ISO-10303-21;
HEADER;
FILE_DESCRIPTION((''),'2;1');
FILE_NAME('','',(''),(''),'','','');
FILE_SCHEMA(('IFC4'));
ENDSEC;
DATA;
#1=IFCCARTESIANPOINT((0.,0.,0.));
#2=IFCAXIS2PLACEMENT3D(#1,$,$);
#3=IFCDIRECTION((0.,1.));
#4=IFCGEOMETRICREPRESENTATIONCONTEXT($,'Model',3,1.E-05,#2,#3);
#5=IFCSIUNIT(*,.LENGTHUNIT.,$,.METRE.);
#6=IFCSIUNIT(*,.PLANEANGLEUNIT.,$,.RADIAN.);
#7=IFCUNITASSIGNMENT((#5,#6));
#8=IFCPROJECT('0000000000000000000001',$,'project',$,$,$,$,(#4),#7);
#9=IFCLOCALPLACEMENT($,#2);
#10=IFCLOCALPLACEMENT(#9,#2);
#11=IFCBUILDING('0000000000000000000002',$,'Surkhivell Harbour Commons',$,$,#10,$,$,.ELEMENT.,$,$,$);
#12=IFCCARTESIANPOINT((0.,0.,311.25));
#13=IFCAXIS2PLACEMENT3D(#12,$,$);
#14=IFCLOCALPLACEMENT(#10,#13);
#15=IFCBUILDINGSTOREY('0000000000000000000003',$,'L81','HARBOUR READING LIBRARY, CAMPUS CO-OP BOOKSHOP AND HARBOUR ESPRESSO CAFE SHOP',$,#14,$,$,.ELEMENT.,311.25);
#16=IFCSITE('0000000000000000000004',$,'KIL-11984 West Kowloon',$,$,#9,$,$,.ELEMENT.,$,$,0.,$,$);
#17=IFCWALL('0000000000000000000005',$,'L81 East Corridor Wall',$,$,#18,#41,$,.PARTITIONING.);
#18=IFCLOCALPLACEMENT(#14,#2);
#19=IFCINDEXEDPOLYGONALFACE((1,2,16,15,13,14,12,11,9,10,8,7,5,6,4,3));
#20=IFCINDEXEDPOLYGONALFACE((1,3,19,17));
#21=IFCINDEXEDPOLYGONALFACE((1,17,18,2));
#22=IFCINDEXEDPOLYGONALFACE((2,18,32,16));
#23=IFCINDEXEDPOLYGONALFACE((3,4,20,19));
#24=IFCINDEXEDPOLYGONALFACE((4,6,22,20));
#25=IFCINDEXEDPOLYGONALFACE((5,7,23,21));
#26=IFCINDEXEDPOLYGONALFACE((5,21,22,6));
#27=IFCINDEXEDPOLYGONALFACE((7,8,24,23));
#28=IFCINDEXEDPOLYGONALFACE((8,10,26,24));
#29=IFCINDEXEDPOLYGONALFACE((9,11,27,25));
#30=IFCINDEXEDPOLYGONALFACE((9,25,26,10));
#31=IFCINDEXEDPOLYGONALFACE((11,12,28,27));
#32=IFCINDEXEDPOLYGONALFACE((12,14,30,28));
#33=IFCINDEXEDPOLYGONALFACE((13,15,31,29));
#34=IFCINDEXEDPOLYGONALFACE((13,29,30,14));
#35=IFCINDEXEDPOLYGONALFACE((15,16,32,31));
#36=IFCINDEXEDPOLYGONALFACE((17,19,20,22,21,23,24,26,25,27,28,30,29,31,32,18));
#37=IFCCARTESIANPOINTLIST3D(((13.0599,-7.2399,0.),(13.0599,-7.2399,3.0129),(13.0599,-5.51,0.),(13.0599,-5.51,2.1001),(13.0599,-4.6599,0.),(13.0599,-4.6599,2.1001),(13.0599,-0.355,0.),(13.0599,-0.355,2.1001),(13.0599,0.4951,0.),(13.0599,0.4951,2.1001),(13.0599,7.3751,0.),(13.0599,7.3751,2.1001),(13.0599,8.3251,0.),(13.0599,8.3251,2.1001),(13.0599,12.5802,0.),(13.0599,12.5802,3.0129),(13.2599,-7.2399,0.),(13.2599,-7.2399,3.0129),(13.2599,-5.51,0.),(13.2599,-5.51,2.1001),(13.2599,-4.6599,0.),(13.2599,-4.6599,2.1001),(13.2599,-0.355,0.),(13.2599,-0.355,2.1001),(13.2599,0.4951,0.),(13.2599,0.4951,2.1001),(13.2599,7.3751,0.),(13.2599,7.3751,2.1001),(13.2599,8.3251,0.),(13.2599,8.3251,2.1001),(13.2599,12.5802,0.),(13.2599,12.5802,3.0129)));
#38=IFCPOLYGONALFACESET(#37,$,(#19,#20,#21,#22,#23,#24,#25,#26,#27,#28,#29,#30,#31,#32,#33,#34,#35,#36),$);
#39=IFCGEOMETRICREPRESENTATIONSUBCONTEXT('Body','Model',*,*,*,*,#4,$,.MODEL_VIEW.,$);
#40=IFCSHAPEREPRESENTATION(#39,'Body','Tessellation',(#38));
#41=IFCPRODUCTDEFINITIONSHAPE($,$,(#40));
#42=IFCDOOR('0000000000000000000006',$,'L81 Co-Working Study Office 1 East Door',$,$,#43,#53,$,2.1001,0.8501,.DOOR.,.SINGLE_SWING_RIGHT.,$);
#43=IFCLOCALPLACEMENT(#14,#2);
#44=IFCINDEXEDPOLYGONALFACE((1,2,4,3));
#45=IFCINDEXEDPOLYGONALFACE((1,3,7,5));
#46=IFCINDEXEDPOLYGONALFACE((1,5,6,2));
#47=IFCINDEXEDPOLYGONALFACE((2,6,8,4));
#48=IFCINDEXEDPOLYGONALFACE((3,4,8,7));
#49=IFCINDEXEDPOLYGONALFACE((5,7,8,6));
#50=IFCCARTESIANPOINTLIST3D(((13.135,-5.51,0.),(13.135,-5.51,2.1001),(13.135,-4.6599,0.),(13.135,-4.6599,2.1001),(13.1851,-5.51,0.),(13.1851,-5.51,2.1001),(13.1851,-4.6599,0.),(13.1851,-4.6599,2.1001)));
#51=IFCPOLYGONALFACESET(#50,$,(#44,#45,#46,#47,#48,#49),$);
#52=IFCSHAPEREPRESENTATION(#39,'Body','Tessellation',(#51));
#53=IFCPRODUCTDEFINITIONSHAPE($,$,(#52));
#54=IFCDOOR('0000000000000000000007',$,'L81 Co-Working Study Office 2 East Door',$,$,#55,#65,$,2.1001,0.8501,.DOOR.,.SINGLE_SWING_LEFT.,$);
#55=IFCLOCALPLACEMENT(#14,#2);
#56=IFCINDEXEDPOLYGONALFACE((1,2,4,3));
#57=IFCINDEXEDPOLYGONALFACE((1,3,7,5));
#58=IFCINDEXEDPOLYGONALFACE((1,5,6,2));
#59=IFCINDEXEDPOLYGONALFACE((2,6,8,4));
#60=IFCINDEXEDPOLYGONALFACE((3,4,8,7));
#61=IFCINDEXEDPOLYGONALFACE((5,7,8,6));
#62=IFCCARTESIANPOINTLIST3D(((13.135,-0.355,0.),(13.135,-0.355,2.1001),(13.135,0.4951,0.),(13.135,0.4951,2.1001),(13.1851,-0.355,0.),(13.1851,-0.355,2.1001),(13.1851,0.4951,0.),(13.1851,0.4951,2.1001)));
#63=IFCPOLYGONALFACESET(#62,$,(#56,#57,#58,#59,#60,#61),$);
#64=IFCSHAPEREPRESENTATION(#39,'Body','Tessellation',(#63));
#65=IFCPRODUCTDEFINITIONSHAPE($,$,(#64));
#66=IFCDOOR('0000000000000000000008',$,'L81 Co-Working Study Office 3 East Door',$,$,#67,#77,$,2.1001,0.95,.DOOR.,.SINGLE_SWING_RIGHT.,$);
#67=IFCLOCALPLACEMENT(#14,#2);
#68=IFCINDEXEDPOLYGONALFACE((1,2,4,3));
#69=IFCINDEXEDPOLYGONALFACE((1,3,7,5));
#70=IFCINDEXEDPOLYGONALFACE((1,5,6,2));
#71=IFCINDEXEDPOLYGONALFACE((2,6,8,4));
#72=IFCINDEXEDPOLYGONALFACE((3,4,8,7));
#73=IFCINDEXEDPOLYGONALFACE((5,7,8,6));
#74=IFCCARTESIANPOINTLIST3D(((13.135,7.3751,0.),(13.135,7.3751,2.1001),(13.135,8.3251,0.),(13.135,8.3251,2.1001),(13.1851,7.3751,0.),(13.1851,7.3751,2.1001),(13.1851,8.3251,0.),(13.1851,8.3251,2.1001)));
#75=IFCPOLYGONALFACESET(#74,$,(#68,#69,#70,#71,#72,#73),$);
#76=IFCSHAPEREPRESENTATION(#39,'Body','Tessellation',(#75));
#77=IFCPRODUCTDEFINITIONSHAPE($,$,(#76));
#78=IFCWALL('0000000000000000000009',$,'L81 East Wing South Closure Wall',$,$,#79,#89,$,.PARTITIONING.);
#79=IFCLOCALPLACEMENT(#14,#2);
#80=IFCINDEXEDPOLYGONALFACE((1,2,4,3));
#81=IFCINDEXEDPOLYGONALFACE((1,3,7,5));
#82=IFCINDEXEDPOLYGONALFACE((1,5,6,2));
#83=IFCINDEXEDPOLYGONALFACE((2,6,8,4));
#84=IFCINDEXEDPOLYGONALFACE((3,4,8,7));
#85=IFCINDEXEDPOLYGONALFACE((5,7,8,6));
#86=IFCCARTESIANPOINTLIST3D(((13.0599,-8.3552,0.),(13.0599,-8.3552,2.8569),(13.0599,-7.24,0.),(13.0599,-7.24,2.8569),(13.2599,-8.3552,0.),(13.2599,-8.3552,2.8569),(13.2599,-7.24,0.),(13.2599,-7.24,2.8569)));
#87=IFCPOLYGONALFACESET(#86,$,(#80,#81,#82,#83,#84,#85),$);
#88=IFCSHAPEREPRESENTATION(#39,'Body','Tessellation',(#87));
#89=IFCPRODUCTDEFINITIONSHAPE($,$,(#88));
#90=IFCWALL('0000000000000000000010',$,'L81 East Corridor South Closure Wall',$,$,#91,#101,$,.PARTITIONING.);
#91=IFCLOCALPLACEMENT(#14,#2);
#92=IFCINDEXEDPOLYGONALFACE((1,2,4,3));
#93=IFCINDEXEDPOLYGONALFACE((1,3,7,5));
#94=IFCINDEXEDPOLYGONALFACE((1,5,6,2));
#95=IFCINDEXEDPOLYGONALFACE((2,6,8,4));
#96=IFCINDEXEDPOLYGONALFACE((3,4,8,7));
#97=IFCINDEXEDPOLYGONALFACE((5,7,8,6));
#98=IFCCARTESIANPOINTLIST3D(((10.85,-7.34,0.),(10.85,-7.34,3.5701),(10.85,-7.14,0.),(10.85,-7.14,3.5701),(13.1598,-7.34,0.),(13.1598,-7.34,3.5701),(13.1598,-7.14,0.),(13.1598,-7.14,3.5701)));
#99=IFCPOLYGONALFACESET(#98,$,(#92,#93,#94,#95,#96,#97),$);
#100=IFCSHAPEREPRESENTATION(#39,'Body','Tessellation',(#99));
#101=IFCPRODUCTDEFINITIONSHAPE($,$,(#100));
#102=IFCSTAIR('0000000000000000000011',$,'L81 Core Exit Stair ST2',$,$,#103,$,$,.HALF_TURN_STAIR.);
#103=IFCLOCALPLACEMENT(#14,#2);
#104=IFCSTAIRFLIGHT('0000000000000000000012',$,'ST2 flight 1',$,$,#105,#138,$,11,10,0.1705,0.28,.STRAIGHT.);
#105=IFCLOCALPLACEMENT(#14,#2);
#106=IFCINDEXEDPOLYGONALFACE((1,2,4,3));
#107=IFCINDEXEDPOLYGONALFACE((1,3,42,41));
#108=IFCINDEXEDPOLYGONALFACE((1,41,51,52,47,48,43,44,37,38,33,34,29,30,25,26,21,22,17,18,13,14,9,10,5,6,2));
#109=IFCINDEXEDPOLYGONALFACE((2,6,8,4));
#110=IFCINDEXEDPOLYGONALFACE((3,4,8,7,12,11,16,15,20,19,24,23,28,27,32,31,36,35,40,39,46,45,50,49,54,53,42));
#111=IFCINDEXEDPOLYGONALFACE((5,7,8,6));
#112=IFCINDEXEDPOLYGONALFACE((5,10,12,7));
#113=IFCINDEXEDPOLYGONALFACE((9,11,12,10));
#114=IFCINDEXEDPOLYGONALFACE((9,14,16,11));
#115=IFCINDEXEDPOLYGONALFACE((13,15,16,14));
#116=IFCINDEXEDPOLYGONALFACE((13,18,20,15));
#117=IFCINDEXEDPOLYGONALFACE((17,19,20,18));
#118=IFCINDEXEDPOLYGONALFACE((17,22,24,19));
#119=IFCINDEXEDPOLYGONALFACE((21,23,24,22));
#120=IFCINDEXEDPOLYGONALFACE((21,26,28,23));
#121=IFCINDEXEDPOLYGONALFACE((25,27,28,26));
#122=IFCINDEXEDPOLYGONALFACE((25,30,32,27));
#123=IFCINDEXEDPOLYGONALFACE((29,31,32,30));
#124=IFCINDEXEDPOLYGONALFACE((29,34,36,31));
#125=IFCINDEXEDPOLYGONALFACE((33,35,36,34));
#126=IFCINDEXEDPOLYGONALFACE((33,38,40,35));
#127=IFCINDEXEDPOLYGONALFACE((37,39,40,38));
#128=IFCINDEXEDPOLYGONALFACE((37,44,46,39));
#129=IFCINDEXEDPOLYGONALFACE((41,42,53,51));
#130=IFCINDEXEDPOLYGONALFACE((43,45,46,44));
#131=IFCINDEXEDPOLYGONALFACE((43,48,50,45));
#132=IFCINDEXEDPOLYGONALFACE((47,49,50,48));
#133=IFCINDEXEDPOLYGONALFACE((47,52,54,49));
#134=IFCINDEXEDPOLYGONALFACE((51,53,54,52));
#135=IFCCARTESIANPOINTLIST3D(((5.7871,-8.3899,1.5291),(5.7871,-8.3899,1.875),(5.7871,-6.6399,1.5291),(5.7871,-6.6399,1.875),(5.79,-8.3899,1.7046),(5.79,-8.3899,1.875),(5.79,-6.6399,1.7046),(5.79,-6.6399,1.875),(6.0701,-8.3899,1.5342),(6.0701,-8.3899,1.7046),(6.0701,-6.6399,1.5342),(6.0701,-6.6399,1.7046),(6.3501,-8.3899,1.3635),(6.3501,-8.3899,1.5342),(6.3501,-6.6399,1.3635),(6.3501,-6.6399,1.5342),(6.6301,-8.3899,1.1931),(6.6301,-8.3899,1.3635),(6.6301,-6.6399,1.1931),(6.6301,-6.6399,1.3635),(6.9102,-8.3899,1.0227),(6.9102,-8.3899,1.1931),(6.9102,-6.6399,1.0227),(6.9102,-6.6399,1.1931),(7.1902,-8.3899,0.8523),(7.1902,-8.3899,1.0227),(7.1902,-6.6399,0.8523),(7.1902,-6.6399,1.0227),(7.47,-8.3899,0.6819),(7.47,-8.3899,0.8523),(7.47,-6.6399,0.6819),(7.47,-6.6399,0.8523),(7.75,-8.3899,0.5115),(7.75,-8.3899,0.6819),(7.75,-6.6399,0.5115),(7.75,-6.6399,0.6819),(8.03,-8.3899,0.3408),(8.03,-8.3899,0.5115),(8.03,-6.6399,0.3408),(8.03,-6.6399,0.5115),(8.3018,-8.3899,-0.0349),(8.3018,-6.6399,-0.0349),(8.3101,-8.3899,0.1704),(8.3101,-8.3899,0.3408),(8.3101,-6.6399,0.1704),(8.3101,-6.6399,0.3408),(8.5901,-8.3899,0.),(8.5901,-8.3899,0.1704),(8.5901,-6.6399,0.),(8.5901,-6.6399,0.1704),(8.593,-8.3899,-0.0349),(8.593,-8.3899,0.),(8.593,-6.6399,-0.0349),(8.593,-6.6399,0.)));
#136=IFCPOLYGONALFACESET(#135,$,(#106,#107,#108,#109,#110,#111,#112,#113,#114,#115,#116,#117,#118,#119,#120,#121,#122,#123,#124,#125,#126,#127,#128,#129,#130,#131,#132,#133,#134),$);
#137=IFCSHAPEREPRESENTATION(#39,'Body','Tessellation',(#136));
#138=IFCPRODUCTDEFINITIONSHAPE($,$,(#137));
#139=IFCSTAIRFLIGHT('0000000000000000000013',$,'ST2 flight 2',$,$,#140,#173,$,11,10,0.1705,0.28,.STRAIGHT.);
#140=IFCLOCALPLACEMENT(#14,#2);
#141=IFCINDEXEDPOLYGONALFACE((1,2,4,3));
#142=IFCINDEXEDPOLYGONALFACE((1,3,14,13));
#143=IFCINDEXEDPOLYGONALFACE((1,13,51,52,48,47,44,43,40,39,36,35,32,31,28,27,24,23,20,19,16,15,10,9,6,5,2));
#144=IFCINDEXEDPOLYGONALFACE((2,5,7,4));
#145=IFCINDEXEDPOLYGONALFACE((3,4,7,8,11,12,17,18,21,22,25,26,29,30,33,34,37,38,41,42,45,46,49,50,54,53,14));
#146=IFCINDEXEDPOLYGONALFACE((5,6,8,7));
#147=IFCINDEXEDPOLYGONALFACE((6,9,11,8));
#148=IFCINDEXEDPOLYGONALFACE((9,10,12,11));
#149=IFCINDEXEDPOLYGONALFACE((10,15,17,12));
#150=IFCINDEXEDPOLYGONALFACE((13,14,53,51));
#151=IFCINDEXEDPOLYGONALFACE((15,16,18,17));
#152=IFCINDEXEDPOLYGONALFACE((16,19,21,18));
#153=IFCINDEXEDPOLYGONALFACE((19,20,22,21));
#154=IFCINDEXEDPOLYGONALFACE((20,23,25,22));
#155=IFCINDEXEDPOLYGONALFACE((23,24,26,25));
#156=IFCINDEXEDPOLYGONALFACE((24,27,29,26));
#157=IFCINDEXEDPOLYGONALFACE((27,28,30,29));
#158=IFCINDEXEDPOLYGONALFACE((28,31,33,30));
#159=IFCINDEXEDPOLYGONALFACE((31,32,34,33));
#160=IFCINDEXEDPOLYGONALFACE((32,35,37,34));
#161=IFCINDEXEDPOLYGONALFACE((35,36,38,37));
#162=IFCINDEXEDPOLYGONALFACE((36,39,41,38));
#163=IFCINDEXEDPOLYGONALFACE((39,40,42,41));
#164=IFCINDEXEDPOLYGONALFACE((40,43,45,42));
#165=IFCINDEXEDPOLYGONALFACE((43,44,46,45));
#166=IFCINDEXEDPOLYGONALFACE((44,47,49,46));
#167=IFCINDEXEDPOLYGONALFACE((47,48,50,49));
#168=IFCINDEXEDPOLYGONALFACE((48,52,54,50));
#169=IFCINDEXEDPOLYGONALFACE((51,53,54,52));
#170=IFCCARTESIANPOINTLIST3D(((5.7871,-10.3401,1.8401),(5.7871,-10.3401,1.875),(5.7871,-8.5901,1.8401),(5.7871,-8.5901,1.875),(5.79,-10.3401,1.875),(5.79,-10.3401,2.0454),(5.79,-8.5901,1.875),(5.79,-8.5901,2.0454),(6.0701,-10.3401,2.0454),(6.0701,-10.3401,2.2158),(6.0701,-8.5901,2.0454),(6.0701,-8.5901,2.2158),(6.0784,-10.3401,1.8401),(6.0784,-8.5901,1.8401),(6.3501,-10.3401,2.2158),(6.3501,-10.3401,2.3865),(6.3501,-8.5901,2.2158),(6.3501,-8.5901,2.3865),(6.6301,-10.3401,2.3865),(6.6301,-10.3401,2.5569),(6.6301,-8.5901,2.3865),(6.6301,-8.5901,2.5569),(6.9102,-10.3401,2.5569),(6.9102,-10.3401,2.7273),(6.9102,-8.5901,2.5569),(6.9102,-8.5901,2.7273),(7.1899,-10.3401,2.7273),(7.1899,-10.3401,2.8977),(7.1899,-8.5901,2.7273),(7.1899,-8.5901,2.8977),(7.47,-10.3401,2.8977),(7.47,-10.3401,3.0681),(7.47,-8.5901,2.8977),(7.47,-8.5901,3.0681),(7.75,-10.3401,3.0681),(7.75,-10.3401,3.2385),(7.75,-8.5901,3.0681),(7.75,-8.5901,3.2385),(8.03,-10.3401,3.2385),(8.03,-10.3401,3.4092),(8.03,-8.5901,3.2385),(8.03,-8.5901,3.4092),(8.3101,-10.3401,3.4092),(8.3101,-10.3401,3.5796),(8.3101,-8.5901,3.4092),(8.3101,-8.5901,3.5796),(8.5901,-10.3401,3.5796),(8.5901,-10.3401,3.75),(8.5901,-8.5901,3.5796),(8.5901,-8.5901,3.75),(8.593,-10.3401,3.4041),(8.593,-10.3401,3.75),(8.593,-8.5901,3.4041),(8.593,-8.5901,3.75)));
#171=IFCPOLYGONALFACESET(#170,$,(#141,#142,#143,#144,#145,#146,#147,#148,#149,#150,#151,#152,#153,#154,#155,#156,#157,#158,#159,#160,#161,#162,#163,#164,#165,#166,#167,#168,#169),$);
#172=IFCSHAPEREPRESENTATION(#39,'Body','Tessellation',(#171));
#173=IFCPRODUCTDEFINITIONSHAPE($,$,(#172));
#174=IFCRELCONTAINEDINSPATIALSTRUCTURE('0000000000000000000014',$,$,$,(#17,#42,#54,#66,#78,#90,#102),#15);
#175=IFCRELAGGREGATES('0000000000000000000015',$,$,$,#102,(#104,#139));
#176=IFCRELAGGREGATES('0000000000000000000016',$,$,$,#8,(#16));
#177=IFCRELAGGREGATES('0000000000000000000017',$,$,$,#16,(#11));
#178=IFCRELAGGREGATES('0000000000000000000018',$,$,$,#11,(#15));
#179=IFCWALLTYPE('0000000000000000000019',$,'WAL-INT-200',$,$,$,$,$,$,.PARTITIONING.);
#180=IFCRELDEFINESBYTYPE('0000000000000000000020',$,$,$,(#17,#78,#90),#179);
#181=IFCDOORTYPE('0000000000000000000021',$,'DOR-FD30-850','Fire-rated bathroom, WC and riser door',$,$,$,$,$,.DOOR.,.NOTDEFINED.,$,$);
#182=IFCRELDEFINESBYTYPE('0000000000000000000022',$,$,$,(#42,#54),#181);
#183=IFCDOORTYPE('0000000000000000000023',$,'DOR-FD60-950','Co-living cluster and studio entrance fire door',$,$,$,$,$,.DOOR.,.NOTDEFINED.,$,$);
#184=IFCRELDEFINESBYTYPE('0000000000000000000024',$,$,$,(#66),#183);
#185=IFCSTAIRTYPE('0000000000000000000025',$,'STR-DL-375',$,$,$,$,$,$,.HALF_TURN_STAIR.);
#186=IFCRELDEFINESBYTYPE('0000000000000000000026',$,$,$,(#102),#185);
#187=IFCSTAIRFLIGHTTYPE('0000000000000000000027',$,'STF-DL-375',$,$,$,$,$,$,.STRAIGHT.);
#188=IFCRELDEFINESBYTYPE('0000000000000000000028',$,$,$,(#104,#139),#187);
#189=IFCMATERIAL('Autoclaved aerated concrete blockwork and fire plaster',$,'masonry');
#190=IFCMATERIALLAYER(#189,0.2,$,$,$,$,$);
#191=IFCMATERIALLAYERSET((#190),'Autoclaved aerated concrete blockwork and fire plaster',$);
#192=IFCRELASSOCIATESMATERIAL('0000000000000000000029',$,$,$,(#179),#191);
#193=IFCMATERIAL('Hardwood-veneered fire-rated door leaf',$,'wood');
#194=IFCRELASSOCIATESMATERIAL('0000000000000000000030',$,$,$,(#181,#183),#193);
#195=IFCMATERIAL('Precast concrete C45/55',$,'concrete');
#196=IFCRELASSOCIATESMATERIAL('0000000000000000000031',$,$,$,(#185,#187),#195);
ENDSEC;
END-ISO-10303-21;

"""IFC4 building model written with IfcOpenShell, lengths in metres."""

from ifc_helpers import new_model, si_unit, direction, frame, frame_2d, origin, place, context, subcontext, project, spatial, polyline, rectangle, outline, extrude, material, layer, layer_set, type_object, element, fill, aggregate, save


model = new_model("IFC4")

# Units and contexts
model_context = context("Model", 3, precision=1e-05, world=origin(), true_north=direction((0.0, 1.0)))
body_context = subcontext(model_context, "Body", "Model", "MODEL_VIEW")
ifc_project = project(units=[si_unit("LENGTHUNIT", "METRE"), si_unit("PLANEANGLEUNIT", "RADIAN")], contexts=[model_context])

# Site, building, storey
site_placement = place(None, origin())
site = spatial("IfcSite", under=ifc_project, at=site_placement, Name="KIL-11984 West Kowloon", CompositionType="ELEMENT", RefElevation=0.0)
building_placement = place(site_placement, origin())
building = spatial("IfcBuilding", under=site, at=building_placement, Name="Surkhivell Harbour Commons", CompositionType="ELEMENT")
storey_placement = place(building_placement, frame((0.0, 0.0, 311.25)))
storey = spatial("IfcBuildingStorey", under=building, at=storey_placement, Name="L81", Description="HARBOUR READING LIBRARY, CAMPUS CO-OP BOOKSHOP AND HARBOUR ESPRESSO CAFE SHOP", CompositionType="ELEMENT", Elevation=311.25)

# Wall, openings, doors
ifc_material_1 = material(Name="Autoclaved aerated concrete blockwork and fire plaster", Category="masonry")
ifc_layer_1 = layer(ifc_material_1, 0.2)
ifc_layer_set_1 = layer_set([ifc_layer_1], Name="Autoclaved aerated concrete blockwork and fire plaster")
wall_type_1 = type_object("IfcWallType", Name="WAL-INT-200", PredefinedType="PARTITIONING", material=ifc_layer_set_1)
wall_1_placement = place(storey_placement, frame((13.1599, -7.24, 0.0), z_axis=(0.0, 0.0, 1.0), x_axis=(0.0, 1.0, 0.0)))
wall_1 = element("IfcWall", 1, at=wall_1_placement, inside=storey, type_object=wall_type_1, Name="L81 East Corridor Wall", PredefinedType="PARTITIONING", context=body_context, shape_type="SweptSolid", body=[
    extrude(rectangle(XDim=19.8201, YDim=0.2, at=frame_2d((9.9102, 0.0))), origin(), (0.0, 0.0, 1.0), 3.0129),
])
opening_1_placement = place(wall_1_placement, frame((1.73, 0.0, 0.0)))
opening_1 = element("IfcOpeningElement", 2, at=opening_1_placement, cuts=wall_1, PredefinedType="OPENING", context=body_context, shape_type="SweptSolid", body=[
    extrude(rectangle(XDim=0.8501, YDim=2.1001, at=frame_2d((0.425, 1.05))), frame((0.0, 0.1099, 0.0), z_axis=(0.0, -1.0, 0.0), x_axis=(1.0, 0.0, 0.0)), (0.0, 0.0, 1.0), 0.22),
])
opening_2_placement = place(wall_1_placement, frame((6.885, 0.0, 0.0)))
opening_2 = element("IfcOpeningElement", 3, at=opening_2_placement, cuts=wall_1, PredefinedType="OPENING", context=body_context, shape_type="SweptSolid", body=[
    extrude(rectangle(XDim=0.8501, YDim=2.1001, at=frame_2d((0.425, 1.05))), frame((0.0, 0.1099, 0.0), z_axis=(0.0, -1.0, 0.0), x_axis=(1.0, 0.0, 0.0)), (0.0, 0.0, 1.0), 0.22),
])
opening_3_placement = place(wall_1_placement, frame((14.615, 0.0, 0.0)))
opening_3 = element("IfcOpeningElement", 4, at=opening_3_placement, cuts=wall_1, PredefinedType="OPENING", context=body_context, shape_type="SweptSolid", body=[
    extrude(rectangle(XDim=0.95, YDim=2.1001, at=frame_2d((0.4751, 1.05))), frame((0.0, 0.1099, 0.0), z_axis=(0.0, -1.0, 0.0), x_axis=(1.0, 0.0, 0.0)), (0.0, 0.0, 1.0), 0.22),
])
ifc_material_2 = material(Name="Hardwood-veneered fire-rated door leaf", Category="wood")
door_type_1 = type_object("IfcDoorType", Name="DOR-FD30-850", Description="Fire-rated bathroom, WC and riser door", OperationType="NOTDEFINED", PredefinedType="DOOR", material=ifc_material_2)
door_1_placement = place(opening_1_placement, origin())
door_1 = element("IfcDoor", 5, at=door_1_placement, inside=storey, type_object=door_type_1, Name="L81 Co-Working Study Office 1 East Door", OperationType="SINGLE_SWING_RIGHT", OverallHeight=2.1001, OverallWidth=0.8501, PredefinedType="DOOR", context=body_context, shape_type="SweptSolid", body=[
    extrude(rectangle(XDim=0.8501, YDim=2.1001, at=frame_2d((0.425, 1.05))), frame((0.0, 0.0249, 0.0), z_axis=(0.0, -1.0, 0.0), x_axis=(1.0, 0.0, 0.0)), (0.0, 0.0, 1.0), 0.05),
])
fill(opening_1, door_1)
door_2_placement = place(opening_2_placement, origin())
door_2 = element("IfcDoor", 6, at=door_2_placement, inside=storey, type_object=door_type_1, Name="L81 Co-Working Study Office 2 East Door", OperationType="SINGLE_SWING_LEFT", OverallHeight=2.1001, OverallWidth=0.8501, PredefinedType="DOOR", context=body_context, shape_type="SweptSolid", body=[
    extrude(rectangle(XDim=0.8501, YDim=2.1001, at=frame_2d((0.425, 1.05))), frame((0.0, 0.0249, 0.0), z_axis=(0.0, -1.0, 0.0), x_axis=(1.0, 0.0, 0.0)), (0.0, 0.0, 1.0), 0.05),
])
fill(opening_2, door_2)
door_type_2 = type_object("IfcDoorType", Name="DOR-FD60-950", Description="Co-living cluster and studio entrance fire door", OperationType="NOTDEFINED", PredefinedType="DOOR", material=ifc_material_2)
door_3_placement = place(opening_3_placement, origin())
door_3 = element("IfcDoor", 7, at=door_3_placement, inside=storey, type_object=door_type_2, Name="L81 Co-Working Study Office 3 East Door", OperationType="SINGLE_SWING_RIGHT", OverallHeight=2.1001, OverallWidth=0.95, PredefinedType="DOOR", context=body_context, shape_type="SweptSolid", body=[
    extrude(rectangle(XDim=0.95, YDim=2.1001, at=frame_2d((0.4751, 1.05))), frame((0.0, 0.0249, 0.0), z_axis=(0.0, -1.0, 0.0), x_axis=(1.0, 0.0, 0.0)), (0.0, 0.0, 1.0), 0.05),
])
fill(opening_3, door_3)

# Walls
wall_2_placement = place(storey_placement, frame((13.1599, -8.3552, 0.0), z_axis=(0.0, 0.0, 1.0), x_axis=(0.0, 1.0, 0.0)))
element("IfcWall", 8, at=wall_2_placement, inside=storey, type_object=wall_type_1, Name="L81 East Wing South Closure Wall", PredefinedType="PARTITIONING", context=body_context, shape_type="SweptSolid", body=[
    extrude(rectangle(XDim=1.1152, YDim=0.2, at=frame_2d((0.5576, 0.0))), origin(), (0.0, 0.0, 1.0), 2.8569),
])
wall_3_placement = place(storey_placement, frame((10.8501, -7.24, 0.0), z_axis=(0.0, 0.0, 1.0), x_axis=(1.0, 0.0, 0.0)))
element("IfcWall", 9, at=wall_3_placement, inside=storey, type_object=wall_type_1, Name="L81 East Corridor South Closure Wall", PredefinedType="PARTITIONING", context=body_context, shape_type="SweptSolid", body=[
    extrude(rectangle(XDim=2.3098, YDim=0.2, at=frame_2d((1.1548, 0.0))), origin(), (0.0, 0.0, 1.0), 3.5701),
])

# Stair, stair flights
ifc_material_3 = material(Name="Precast concrete C45/55", Category="concrete")
stair_type = type_object("IfcStairType", Name="STR-DL-375", PredefinedType="HALF_TURN_STAIR", material=ifc_material_3)
stair_placement = place(storey_placement, origin())
stair = element("IfcStair", 10, at=stair_placement, inside=storey, type_object=stair_type, Name="L81 Core Exit Stair ST2", PredefinedType="HALF_TURN_STAIR")
stair_flight_type = type_object("IfcStairFlightType", Name="STF-DL-375", PredefinedType="STRAIGHT", material=ifc_material_3)
stair_flight_1_placement = place(storey_placement, frame((8.5901, -7.5149, 0.0), z_axis=(0.0, 0.0, 1.0), x_axis=(-1.0, 0.0, 0.0)))
stair_flight_1 = element("IfcStairFlight", 11, at=stair_flight_1_placement, type_object=stair_flight_type, Name="ST2 flight 1", NumberOfRisers=11, NumberOfTreads=10, PredefinedType="STRAIGHT", RiserHeight=0.1705, TreadLength=0.28, context=body_context, shape_type="SweptSolid", body=[
    extrude(outline(polyline([(-0.0029, -0.0349), (-0.0029, 0.0), (0.0, 0.0), (0.0, 0.1704), (0.28, 0.1704), (0.28, 0.3408), (0.5601, 0.3408), (0.5601, 0.5115), (0.8401, 0.5115), (0.8401, 0.6819), (1.1201, 0.6819), (1.1201, 0.8523), (1.3999, 0.8523), (1.3999, 1.0227), (1.6799, 1.0227), (1.6799, 1.1931), (1.96, 1.1931), (1.96, 1.3635), (2.24, 1.3635), (2.24, 1.5342), (2.52, 1.5342), (2.52, 1.7046), (2.8, 1.7046), (2.8, 1.875), (2.803, 1.875), (2.803, 1.5291), (0.2883, -0.0349), (-0.0029, -0.0349)])), frame((0.0, 0.875, 0.0), z_axis=(0.0, -1.0, 0.0), x_axis=(1.0, 0.0, 0.0)), (0.0, 0.0, 1.0), 1.75),
])
stair_flight_2_placement = place(storey_placement, frame((5.79, -9.4651, 1.875), z_axis=(0.0, 0.0, 1.0), x_axis=(1.0, 0.0, 0.0)))
stair_flight_2 = element("IfcStairFlight", 12, at=stair_flight_2_placement, type_object=stair_flight_type, Name="ST2 flight 2", NumberOfRisers=11, NumberOfTreads=10, PredefinedType="STRAIGHT", RiserHeight=0.1705, TreadLength=0.28, context=body_context, shape_type="SweptSolid", body=[
    extrude(outline(polyline([(-0.0029, -0.0349), (-0.0029, 0.0), (0.0, 0.0), (0.0, 0.1704), (0.28, 0.1704), (0.28, 0.3408), (0.5601, 0.3408), (0.5601, 0.5115), (0.8401, 0.5115), (0.8401, 0.6819), (1.1201, 0.6819), (1.1201, 0.8523), (1.3999, 0.8523), (1.3999, 1.0227), (1.6799, 1.0227), (1.6799, 1.1931), (1.96, 1.1931), (1.96, 1.3635), (2.24, 1.3635), (2.24, 1.5342), (2.52, 1.5342), (2.52, 1.7046), (2.8, 1.7046), (2.8, 1.875), (2.803, 1.875), (2.803, 1.5291), (0.2883, -0.0349), (-0.0029, -0.0349)])), frame((0.0, 0.875, 0.0), z_axis=(0.0, -1.0, 0.0), x_axis=(1.0, 0.0, 0.0)), (0.0, 0.0, 1.0), 1.75),
])
aggregate(stair, [stair_flight_1, stair_flight_2])

save(model, "model.ifc")
